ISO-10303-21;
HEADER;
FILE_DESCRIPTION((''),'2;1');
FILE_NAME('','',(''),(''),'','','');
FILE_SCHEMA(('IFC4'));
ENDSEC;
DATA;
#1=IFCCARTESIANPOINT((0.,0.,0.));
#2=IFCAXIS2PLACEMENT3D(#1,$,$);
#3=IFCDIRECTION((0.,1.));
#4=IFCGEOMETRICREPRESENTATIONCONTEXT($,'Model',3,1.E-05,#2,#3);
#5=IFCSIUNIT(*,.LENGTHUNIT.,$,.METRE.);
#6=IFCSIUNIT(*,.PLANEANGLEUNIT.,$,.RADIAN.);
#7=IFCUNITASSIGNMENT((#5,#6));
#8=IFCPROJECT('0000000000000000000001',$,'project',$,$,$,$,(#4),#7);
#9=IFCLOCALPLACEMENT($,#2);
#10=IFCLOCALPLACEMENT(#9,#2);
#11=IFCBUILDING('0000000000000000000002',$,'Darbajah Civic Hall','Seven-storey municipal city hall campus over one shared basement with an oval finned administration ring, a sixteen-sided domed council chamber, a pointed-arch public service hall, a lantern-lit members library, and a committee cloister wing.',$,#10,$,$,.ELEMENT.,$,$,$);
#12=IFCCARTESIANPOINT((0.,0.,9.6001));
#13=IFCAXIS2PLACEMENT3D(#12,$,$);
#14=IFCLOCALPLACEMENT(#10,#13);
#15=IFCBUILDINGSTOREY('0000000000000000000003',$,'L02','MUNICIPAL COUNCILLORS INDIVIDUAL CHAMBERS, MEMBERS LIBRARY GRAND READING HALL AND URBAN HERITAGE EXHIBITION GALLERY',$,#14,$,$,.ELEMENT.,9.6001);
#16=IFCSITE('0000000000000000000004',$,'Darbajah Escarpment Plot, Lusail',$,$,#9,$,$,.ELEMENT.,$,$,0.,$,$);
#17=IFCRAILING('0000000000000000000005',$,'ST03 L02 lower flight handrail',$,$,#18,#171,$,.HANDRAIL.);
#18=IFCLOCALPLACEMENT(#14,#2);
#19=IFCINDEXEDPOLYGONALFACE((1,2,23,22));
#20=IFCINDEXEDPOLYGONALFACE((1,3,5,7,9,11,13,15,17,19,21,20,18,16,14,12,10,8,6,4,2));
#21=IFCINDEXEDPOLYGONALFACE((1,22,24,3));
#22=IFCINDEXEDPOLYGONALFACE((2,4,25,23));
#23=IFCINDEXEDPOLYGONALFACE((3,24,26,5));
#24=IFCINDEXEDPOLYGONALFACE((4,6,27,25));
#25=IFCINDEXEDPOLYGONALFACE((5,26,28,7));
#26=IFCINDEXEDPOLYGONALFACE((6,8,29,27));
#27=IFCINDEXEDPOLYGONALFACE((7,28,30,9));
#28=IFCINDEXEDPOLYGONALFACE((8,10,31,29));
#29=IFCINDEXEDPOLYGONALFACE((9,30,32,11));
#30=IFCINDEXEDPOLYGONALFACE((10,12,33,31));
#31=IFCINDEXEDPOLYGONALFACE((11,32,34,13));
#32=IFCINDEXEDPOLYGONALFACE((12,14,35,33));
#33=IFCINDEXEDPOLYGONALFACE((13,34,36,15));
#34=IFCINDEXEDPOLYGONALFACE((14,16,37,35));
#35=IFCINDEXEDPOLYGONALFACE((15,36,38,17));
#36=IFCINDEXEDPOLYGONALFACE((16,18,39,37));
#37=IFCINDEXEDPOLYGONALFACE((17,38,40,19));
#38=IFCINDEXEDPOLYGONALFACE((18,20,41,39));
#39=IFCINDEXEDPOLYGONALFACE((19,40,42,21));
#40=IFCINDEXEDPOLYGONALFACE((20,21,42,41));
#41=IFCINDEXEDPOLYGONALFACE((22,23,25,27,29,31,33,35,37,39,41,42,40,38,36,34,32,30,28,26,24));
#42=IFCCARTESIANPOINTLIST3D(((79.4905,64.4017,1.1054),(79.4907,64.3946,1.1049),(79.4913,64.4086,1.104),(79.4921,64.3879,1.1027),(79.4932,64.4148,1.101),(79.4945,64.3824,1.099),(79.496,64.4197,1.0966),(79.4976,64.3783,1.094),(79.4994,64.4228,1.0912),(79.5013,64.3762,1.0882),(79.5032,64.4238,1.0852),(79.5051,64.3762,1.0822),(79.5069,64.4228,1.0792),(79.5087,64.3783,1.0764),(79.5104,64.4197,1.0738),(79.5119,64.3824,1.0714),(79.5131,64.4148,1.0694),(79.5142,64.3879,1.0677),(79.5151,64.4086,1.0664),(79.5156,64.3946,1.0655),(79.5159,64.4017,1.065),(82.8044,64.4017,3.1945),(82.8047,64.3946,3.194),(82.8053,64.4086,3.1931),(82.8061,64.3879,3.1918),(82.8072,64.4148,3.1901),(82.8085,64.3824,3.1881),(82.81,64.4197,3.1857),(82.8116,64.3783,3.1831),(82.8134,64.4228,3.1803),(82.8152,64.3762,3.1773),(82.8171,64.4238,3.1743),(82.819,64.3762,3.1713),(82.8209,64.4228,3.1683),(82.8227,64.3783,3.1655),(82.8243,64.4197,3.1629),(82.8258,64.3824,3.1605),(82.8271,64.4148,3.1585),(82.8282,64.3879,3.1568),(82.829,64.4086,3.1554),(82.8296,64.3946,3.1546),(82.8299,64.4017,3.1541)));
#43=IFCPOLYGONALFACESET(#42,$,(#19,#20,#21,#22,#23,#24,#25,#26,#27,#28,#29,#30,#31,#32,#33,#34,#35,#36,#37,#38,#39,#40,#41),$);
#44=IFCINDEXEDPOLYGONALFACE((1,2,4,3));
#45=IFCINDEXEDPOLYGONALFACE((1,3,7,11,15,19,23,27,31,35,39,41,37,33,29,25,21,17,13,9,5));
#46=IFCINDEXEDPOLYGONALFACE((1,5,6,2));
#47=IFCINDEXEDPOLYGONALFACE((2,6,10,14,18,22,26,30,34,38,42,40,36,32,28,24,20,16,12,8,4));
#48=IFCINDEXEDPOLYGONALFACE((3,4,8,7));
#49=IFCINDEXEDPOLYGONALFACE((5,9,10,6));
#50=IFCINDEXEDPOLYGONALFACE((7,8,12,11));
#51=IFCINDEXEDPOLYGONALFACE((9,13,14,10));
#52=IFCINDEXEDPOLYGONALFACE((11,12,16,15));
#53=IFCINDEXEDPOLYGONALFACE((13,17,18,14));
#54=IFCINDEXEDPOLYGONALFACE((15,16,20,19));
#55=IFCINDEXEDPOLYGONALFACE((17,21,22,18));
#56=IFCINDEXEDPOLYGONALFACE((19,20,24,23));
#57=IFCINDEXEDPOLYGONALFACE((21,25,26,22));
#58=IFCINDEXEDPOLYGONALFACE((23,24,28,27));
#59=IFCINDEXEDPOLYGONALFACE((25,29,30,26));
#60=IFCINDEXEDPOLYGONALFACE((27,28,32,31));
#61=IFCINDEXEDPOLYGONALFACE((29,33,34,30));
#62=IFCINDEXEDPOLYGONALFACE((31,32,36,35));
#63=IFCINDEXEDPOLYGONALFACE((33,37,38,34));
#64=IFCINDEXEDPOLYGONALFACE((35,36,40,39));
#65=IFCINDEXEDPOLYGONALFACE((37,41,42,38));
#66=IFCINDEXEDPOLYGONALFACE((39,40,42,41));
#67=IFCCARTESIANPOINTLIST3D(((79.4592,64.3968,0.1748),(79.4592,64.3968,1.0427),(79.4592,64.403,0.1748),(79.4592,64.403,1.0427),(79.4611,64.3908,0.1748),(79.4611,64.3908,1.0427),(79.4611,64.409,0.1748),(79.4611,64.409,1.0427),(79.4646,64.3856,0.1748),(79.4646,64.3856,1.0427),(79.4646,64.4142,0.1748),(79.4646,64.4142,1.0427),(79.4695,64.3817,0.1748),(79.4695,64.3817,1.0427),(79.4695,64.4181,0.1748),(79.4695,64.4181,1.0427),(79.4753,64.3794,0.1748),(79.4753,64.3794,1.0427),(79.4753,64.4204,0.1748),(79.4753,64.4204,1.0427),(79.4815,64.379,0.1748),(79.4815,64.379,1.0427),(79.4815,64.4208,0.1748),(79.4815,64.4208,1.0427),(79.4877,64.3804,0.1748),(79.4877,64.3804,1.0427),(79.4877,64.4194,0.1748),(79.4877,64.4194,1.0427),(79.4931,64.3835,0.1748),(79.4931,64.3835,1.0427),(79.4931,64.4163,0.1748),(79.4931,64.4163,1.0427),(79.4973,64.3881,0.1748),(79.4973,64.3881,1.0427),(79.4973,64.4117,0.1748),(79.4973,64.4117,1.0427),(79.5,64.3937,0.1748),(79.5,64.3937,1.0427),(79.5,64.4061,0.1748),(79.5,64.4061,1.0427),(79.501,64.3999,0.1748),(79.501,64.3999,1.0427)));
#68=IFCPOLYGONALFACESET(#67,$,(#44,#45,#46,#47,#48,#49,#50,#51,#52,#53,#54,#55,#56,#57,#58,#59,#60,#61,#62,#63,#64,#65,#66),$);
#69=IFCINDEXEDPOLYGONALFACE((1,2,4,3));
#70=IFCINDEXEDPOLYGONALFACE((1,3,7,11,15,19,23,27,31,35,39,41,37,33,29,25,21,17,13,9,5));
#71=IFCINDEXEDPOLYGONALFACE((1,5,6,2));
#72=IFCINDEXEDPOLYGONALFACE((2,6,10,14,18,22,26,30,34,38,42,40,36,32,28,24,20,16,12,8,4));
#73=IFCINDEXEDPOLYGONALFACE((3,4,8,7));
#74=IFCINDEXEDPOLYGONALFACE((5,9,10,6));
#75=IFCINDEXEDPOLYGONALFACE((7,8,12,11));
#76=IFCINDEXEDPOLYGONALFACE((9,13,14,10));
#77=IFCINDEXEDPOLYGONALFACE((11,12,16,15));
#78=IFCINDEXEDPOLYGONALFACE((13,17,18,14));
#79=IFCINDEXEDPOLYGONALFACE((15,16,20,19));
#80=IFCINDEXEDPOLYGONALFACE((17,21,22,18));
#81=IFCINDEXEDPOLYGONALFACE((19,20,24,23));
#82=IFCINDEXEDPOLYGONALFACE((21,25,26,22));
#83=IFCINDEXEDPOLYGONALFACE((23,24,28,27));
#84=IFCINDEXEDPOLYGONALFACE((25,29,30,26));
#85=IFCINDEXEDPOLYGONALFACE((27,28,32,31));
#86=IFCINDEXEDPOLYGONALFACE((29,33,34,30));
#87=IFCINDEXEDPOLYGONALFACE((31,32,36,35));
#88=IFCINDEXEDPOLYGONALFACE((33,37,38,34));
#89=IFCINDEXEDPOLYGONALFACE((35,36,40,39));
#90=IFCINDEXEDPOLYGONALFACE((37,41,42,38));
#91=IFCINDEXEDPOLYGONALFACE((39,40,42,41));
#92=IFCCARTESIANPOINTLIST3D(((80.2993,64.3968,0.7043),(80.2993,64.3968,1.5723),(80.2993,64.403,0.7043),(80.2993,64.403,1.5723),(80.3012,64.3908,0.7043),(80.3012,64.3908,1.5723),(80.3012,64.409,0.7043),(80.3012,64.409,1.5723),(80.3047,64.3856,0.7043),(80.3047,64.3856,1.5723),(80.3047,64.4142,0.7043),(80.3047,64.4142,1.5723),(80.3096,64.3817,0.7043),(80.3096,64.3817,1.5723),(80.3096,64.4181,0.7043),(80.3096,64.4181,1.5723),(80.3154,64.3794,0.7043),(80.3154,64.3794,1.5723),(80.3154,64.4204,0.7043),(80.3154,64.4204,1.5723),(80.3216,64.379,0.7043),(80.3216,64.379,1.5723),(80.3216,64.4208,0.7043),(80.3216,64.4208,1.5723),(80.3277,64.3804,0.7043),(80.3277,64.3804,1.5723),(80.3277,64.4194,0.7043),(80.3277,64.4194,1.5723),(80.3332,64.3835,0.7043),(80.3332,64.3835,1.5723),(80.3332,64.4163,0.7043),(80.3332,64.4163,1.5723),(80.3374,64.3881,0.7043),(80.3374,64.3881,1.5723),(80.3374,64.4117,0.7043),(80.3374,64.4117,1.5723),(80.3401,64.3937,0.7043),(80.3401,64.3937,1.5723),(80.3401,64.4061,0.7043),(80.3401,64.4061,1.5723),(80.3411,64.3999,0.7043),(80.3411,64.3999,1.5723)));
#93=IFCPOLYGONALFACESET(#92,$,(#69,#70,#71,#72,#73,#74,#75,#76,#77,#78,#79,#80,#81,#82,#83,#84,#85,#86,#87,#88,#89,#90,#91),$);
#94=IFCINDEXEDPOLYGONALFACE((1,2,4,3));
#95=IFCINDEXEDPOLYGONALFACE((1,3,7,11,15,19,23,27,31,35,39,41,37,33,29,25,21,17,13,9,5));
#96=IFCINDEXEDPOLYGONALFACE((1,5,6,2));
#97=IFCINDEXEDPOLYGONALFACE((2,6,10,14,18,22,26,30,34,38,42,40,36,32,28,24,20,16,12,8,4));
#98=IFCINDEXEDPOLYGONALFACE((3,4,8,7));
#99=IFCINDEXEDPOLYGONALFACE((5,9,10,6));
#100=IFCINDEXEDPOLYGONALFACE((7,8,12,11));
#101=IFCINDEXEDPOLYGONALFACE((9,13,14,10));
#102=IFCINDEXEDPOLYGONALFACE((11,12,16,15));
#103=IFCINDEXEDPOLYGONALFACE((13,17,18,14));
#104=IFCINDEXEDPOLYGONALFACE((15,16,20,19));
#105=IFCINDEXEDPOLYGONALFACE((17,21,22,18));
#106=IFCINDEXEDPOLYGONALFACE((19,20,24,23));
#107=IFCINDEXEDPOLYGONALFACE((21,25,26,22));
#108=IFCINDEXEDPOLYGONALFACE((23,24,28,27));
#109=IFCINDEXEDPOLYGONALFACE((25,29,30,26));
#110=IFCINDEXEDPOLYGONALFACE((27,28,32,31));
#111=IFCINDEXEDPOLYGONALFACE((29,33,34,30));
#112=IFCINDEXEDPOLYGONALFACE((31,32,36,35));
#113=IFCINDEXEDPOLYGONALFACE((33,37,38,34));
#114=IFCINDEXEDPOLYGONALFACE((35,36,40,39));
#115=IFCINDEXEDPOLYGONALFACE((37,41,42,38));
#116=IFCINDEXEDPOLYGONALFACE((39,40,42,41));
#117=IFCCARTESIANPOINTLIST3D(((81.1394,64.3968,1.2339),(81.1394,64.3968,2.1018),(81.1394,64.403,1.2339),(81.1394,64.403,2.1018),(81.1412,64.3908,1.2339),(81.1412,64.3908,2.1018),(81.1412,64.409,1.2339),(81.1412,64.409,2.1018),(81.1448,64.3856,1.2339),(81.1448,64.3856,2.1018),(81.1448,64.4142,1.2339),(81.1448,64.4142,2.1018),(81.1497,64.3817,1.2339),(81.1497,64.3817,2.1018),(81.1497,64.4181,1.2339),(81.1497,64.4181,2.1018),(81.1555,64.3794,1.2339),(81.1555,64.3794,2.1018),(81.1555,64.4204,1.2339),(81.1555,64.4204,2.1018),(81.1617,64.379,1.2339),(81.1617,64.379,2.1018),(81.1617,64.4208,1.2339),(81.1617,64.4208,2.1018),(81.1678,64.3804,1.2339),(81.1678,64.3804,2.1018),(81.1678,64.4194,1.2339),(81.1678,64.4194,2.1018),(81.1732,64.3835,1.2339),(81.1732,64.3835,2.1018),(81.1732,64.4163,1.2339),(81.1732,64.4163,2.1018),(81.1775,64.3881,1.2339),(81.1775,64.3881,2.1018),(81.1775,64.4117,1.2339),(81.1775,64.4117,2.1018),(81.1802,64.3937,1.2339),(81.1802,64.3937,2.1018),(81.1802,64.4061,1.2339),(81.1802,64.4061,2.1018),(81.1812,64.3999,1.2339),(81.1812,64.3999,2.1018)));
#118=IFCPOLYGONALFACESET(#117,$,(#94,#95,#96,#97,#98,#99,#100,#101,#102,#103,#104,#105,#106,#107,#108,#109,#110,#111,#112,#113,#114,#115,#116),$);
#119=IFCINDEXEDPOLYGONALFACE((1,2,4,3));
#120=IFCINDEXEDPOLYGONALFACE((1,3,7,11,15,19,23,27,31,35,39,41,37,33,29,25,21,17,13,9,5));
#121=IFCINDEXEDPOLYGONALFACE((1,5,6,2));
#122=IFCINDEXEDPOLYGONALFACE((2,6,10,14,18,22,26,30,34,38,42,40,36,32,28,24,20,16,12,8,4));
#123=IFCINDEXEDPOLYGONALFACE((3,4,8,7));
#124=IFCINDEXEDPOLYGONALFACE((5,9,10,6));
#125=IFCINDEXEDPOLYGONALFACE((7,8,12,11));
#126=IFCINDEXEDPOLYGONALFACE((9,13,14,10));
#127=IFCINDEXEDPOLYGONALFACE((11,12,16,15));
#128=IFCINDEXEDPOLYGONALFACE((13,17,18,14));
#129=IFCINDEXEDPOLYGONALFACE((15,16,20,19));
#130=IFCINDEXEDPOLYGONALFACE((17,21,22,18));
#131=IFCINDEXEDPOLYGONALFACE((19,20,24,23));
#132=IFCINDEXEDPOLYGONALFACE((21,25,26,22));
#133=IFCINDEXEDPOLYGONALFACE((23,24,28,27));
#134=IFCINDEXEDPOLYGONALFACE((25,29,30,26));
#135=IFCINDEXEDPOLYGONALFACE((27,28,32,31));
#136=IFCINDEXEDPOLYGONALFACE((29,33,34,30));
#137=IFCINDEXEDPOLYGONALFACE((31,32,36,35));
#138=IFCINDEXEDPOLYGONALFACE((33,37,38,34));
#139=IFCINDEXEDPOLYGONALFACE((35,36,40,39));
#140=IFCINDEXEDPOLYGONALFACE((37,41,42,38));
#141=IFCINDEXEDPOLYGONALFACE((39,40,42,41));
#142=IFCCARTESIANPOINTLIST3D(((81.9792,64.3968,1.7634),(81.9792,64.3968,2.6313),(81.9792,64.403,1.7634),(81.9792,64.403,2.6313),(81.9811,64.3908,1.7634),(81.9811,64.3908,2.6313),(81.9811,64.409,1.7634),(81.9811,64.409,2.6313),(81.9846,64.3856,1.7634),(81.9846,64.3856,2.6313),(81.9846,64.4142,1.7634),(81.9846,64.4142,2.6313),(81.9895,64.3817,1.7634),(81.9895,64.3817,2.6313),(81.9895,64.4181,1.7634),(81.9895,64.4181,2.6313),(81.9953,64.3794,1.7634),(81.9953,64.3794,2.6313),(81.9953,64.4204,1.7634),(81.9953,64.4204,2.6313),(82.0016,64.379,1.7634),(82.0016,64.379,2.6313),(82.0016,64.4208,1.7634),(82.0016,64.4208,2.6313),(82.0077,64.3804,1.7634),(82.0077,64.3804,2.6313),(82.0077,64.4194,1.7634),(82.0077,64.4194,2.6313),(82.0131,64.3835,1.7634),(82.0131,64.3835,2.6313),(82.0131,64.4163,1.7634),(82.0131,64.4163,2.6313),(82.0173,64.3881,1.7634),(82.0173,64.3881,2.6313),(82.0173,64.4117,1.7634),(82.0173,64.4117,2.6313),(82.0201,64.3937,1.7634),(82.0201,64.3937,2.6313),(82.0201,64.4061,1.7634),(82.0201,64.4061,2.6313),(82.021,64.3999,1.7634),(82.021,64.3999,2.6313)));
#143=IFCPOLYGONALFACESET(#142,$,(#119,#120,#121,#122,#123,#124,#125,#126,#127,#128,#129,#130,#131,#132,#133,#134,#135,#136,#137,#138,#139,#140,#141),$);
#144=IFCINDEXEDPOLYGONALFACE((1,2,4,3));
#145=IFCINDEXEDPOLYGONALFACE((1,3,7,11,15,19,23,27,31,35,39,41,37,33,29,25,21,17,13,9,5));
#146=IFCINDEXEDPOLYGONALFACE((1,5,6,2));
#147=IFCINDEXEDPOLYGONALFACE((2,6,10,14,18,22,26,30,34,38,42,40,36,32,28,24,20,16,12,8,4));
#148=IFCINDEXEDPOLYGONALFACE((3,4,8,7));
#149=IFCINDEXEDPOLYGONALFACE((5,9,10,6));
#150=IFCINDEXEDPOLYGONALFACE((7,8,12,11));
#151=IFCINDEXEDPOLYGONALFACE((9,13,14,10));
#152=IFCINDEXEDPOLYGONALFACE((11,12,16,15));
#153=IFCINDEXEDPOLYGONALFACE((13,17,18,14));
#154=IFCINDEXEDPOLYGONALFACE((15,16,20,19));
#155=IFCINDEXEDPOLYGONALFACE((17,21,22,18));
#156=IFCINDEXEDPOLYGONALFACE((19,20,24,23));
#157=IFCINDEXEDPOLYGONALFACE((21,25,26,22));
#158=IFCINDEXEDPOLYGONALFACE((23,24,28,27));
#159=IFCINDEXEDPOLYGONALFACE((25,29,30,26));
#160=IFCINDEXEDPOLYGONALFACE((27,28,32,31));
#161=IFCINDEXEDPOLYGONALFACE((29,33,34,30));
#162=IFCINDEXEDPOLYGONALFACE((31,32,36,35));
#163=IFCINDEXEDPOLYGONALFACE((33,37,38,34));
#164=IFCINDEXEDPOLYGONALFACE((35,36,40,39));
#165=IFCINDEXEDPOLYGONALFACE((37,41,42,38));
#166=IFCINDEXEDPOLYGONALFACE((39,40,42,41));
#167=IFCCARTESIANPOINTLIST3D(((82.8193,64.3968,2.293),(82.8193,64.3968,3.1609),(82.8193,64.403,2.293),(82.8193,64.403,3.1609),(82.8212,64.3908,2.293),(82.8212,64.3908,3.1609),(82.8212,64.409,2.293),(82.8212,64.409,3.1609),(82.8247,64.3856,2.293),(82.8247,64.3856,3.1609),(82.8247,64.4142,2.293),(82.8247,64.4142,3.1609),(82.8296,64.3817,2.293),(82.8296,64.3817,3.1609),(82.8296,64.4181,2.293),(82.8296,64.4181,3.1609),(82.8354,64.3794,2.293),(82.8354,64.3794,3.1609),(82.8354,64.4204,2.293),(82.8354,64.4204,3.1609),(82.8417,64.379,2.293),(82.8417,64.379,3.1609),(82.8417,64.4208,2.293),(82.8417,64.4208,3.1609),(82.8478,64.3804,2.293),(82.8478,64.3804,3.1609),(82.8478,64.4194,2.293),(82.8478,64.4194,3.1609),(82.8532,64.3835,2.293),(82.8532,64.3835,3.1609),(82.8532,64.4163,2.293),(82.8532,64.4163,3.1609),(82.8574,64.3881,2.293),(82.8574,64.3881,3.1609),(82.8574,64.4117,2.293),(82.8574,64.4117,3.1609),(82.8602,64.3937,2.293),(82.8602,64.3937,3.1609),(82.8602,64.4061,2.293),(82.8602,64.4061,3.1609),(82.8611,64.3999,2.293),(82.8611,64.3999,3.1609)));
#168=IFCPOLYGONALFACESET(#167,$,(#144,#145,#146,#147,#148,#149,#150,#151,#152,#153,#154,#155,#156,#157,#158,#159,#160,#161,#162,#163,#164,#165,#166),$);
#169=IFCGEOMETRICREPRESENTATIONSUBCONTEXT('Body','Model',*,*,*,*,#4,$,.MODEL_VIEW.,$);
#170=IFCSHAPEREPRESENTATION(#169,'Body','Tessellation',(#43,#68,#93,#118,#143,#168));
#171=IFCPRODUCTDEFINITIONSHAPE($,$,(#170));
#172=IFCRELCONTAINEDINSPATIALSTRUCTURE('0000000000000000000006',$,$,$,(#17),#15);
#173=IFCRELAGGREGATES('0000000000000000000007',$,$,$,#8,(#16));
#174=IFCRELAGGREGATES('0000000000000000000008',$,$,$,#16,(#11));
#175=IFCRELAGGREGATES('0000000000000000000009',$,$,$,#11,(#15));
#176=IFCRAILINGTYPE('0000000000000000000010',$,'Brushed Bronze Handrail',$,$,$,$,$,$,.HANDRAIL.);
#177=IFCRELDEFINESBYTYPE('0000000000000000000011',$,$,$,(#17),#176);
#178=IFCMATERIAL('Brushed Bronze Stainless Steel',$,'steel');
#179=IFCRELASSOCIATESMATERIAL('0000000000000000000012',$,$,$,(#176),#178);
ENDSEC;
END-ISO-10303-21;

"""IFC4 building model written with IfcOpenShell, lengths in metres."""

from ifc_helpers import new_model, si_unit, direction, frame, origin, origin_2d, place, context, subcontext, project, spatial, circle, extrude, material, type_object, element, save


model = new_model("IFC4")

# Units and contexts
model_context = context("Model", 3, precision=1e-05, world=origin(), true_north=direction((0.0, 1.0)))
body_context = subcontext(model_context, "Body", "Model", "MODEL_VIEW")
ifc_project = project(units=[si_unit("LENGTHUNIT", "METRE"), si_unit("PLANEANGLEUNIT", "RADIAN")], contexts=[model_context])

# Site, building, storey
site_placement = place(None, origin())
site = spatial("IfcSite", under=ifc_project, at=site_placement, Name="Darbajah Escarpment Plot, Lusail", CompositionType="ELEMENT", RefElevation=0.0)
building_placement = place(site_placement, origin())
building = spatial("IfcBuilding", under=site, at=building_placement, Name="Darbajah Civic Hall", Description="Seven-storey municipal city hall campus over one shared basement with an oval finned administration ring, a sixteen-sided domed council chamber, a pointed-arch public service hall, a lantern-lit members library, and a committee cloister wing.", CompositionType="ELEMENT")
storey_placement = place(building_placement, frame((0.0, 0.0, 9.6001)))
storey = spatial("IfcBuildingStorey", under=building, at=storey_placement, Name="L02", Description="MUNICIPAL COUNCILLORS INDIVIDUAL CHAMBERS, MEMBERS LIBRARY GRAND READING HALL AND URBAN HERITAGE EXHIBITION GALLERY", CompositionType="ELEMENT", Elevation=9.6001)

# Railing
ifc_material_1 = material(Name="Brushed Bronze Stainless Steel", Category="steel")
railing_type_1 = type_object("IfcRailingType", Name="Brushed Bronze Handrail", PredefinedType="HANDRAIL", material=ifc_material_1)
railing_1_placement = place(storey_placement, frame((79.48, 64.3999, 0.1748)))
element("IfcRailing", 1, at=railing_1_placement, inside=storey, type_object=railing_type_1, Name="ST03 L02 lower flight handrail", PredefinedType="HANDRAIL", context=body_context, shape_type="SweptSolid", body=[
    extrude(circle(Radius=0.0239, at=origin_2d()), frame((0.0232, 0.0, 0.9104), z_axis=(0.845944, 0.0, 0.533271), x_axis=(0.0, 1.0, 0.0)), (0.0, 0.0, 1.0), 3.9175),
    extrude(circle(Radius=0.021, at=origin_2d()), origin(), (0.0, 0.0, 1.0), 0.8679),
    extrude(circle(Radius=0.021, at=origin_2d()), frame((0.8401, 0.0, 0.5295)), (0.0, 0.0, 1.0), 0.8679),
    extrude(circle(Radius=0.021, at=origin_2d()), frame((1.6802, 0.0, 1.0591)), (0.0, 0.0, 1.0), 0.8679),
    extrude(circle(Radius=0.021, at=origin_2d()), frame((2.52, 0.0, 1.5886)), (0.0, 0.0, 1.0), 0.8679),
    extrude(circle(Radius=0.021, at=origin_2d()), frame((3.3601, 0.0, 2.1182)), (0.0, 0.0, 1.0), 0.8679),
])

save(model, "model.ifc")
